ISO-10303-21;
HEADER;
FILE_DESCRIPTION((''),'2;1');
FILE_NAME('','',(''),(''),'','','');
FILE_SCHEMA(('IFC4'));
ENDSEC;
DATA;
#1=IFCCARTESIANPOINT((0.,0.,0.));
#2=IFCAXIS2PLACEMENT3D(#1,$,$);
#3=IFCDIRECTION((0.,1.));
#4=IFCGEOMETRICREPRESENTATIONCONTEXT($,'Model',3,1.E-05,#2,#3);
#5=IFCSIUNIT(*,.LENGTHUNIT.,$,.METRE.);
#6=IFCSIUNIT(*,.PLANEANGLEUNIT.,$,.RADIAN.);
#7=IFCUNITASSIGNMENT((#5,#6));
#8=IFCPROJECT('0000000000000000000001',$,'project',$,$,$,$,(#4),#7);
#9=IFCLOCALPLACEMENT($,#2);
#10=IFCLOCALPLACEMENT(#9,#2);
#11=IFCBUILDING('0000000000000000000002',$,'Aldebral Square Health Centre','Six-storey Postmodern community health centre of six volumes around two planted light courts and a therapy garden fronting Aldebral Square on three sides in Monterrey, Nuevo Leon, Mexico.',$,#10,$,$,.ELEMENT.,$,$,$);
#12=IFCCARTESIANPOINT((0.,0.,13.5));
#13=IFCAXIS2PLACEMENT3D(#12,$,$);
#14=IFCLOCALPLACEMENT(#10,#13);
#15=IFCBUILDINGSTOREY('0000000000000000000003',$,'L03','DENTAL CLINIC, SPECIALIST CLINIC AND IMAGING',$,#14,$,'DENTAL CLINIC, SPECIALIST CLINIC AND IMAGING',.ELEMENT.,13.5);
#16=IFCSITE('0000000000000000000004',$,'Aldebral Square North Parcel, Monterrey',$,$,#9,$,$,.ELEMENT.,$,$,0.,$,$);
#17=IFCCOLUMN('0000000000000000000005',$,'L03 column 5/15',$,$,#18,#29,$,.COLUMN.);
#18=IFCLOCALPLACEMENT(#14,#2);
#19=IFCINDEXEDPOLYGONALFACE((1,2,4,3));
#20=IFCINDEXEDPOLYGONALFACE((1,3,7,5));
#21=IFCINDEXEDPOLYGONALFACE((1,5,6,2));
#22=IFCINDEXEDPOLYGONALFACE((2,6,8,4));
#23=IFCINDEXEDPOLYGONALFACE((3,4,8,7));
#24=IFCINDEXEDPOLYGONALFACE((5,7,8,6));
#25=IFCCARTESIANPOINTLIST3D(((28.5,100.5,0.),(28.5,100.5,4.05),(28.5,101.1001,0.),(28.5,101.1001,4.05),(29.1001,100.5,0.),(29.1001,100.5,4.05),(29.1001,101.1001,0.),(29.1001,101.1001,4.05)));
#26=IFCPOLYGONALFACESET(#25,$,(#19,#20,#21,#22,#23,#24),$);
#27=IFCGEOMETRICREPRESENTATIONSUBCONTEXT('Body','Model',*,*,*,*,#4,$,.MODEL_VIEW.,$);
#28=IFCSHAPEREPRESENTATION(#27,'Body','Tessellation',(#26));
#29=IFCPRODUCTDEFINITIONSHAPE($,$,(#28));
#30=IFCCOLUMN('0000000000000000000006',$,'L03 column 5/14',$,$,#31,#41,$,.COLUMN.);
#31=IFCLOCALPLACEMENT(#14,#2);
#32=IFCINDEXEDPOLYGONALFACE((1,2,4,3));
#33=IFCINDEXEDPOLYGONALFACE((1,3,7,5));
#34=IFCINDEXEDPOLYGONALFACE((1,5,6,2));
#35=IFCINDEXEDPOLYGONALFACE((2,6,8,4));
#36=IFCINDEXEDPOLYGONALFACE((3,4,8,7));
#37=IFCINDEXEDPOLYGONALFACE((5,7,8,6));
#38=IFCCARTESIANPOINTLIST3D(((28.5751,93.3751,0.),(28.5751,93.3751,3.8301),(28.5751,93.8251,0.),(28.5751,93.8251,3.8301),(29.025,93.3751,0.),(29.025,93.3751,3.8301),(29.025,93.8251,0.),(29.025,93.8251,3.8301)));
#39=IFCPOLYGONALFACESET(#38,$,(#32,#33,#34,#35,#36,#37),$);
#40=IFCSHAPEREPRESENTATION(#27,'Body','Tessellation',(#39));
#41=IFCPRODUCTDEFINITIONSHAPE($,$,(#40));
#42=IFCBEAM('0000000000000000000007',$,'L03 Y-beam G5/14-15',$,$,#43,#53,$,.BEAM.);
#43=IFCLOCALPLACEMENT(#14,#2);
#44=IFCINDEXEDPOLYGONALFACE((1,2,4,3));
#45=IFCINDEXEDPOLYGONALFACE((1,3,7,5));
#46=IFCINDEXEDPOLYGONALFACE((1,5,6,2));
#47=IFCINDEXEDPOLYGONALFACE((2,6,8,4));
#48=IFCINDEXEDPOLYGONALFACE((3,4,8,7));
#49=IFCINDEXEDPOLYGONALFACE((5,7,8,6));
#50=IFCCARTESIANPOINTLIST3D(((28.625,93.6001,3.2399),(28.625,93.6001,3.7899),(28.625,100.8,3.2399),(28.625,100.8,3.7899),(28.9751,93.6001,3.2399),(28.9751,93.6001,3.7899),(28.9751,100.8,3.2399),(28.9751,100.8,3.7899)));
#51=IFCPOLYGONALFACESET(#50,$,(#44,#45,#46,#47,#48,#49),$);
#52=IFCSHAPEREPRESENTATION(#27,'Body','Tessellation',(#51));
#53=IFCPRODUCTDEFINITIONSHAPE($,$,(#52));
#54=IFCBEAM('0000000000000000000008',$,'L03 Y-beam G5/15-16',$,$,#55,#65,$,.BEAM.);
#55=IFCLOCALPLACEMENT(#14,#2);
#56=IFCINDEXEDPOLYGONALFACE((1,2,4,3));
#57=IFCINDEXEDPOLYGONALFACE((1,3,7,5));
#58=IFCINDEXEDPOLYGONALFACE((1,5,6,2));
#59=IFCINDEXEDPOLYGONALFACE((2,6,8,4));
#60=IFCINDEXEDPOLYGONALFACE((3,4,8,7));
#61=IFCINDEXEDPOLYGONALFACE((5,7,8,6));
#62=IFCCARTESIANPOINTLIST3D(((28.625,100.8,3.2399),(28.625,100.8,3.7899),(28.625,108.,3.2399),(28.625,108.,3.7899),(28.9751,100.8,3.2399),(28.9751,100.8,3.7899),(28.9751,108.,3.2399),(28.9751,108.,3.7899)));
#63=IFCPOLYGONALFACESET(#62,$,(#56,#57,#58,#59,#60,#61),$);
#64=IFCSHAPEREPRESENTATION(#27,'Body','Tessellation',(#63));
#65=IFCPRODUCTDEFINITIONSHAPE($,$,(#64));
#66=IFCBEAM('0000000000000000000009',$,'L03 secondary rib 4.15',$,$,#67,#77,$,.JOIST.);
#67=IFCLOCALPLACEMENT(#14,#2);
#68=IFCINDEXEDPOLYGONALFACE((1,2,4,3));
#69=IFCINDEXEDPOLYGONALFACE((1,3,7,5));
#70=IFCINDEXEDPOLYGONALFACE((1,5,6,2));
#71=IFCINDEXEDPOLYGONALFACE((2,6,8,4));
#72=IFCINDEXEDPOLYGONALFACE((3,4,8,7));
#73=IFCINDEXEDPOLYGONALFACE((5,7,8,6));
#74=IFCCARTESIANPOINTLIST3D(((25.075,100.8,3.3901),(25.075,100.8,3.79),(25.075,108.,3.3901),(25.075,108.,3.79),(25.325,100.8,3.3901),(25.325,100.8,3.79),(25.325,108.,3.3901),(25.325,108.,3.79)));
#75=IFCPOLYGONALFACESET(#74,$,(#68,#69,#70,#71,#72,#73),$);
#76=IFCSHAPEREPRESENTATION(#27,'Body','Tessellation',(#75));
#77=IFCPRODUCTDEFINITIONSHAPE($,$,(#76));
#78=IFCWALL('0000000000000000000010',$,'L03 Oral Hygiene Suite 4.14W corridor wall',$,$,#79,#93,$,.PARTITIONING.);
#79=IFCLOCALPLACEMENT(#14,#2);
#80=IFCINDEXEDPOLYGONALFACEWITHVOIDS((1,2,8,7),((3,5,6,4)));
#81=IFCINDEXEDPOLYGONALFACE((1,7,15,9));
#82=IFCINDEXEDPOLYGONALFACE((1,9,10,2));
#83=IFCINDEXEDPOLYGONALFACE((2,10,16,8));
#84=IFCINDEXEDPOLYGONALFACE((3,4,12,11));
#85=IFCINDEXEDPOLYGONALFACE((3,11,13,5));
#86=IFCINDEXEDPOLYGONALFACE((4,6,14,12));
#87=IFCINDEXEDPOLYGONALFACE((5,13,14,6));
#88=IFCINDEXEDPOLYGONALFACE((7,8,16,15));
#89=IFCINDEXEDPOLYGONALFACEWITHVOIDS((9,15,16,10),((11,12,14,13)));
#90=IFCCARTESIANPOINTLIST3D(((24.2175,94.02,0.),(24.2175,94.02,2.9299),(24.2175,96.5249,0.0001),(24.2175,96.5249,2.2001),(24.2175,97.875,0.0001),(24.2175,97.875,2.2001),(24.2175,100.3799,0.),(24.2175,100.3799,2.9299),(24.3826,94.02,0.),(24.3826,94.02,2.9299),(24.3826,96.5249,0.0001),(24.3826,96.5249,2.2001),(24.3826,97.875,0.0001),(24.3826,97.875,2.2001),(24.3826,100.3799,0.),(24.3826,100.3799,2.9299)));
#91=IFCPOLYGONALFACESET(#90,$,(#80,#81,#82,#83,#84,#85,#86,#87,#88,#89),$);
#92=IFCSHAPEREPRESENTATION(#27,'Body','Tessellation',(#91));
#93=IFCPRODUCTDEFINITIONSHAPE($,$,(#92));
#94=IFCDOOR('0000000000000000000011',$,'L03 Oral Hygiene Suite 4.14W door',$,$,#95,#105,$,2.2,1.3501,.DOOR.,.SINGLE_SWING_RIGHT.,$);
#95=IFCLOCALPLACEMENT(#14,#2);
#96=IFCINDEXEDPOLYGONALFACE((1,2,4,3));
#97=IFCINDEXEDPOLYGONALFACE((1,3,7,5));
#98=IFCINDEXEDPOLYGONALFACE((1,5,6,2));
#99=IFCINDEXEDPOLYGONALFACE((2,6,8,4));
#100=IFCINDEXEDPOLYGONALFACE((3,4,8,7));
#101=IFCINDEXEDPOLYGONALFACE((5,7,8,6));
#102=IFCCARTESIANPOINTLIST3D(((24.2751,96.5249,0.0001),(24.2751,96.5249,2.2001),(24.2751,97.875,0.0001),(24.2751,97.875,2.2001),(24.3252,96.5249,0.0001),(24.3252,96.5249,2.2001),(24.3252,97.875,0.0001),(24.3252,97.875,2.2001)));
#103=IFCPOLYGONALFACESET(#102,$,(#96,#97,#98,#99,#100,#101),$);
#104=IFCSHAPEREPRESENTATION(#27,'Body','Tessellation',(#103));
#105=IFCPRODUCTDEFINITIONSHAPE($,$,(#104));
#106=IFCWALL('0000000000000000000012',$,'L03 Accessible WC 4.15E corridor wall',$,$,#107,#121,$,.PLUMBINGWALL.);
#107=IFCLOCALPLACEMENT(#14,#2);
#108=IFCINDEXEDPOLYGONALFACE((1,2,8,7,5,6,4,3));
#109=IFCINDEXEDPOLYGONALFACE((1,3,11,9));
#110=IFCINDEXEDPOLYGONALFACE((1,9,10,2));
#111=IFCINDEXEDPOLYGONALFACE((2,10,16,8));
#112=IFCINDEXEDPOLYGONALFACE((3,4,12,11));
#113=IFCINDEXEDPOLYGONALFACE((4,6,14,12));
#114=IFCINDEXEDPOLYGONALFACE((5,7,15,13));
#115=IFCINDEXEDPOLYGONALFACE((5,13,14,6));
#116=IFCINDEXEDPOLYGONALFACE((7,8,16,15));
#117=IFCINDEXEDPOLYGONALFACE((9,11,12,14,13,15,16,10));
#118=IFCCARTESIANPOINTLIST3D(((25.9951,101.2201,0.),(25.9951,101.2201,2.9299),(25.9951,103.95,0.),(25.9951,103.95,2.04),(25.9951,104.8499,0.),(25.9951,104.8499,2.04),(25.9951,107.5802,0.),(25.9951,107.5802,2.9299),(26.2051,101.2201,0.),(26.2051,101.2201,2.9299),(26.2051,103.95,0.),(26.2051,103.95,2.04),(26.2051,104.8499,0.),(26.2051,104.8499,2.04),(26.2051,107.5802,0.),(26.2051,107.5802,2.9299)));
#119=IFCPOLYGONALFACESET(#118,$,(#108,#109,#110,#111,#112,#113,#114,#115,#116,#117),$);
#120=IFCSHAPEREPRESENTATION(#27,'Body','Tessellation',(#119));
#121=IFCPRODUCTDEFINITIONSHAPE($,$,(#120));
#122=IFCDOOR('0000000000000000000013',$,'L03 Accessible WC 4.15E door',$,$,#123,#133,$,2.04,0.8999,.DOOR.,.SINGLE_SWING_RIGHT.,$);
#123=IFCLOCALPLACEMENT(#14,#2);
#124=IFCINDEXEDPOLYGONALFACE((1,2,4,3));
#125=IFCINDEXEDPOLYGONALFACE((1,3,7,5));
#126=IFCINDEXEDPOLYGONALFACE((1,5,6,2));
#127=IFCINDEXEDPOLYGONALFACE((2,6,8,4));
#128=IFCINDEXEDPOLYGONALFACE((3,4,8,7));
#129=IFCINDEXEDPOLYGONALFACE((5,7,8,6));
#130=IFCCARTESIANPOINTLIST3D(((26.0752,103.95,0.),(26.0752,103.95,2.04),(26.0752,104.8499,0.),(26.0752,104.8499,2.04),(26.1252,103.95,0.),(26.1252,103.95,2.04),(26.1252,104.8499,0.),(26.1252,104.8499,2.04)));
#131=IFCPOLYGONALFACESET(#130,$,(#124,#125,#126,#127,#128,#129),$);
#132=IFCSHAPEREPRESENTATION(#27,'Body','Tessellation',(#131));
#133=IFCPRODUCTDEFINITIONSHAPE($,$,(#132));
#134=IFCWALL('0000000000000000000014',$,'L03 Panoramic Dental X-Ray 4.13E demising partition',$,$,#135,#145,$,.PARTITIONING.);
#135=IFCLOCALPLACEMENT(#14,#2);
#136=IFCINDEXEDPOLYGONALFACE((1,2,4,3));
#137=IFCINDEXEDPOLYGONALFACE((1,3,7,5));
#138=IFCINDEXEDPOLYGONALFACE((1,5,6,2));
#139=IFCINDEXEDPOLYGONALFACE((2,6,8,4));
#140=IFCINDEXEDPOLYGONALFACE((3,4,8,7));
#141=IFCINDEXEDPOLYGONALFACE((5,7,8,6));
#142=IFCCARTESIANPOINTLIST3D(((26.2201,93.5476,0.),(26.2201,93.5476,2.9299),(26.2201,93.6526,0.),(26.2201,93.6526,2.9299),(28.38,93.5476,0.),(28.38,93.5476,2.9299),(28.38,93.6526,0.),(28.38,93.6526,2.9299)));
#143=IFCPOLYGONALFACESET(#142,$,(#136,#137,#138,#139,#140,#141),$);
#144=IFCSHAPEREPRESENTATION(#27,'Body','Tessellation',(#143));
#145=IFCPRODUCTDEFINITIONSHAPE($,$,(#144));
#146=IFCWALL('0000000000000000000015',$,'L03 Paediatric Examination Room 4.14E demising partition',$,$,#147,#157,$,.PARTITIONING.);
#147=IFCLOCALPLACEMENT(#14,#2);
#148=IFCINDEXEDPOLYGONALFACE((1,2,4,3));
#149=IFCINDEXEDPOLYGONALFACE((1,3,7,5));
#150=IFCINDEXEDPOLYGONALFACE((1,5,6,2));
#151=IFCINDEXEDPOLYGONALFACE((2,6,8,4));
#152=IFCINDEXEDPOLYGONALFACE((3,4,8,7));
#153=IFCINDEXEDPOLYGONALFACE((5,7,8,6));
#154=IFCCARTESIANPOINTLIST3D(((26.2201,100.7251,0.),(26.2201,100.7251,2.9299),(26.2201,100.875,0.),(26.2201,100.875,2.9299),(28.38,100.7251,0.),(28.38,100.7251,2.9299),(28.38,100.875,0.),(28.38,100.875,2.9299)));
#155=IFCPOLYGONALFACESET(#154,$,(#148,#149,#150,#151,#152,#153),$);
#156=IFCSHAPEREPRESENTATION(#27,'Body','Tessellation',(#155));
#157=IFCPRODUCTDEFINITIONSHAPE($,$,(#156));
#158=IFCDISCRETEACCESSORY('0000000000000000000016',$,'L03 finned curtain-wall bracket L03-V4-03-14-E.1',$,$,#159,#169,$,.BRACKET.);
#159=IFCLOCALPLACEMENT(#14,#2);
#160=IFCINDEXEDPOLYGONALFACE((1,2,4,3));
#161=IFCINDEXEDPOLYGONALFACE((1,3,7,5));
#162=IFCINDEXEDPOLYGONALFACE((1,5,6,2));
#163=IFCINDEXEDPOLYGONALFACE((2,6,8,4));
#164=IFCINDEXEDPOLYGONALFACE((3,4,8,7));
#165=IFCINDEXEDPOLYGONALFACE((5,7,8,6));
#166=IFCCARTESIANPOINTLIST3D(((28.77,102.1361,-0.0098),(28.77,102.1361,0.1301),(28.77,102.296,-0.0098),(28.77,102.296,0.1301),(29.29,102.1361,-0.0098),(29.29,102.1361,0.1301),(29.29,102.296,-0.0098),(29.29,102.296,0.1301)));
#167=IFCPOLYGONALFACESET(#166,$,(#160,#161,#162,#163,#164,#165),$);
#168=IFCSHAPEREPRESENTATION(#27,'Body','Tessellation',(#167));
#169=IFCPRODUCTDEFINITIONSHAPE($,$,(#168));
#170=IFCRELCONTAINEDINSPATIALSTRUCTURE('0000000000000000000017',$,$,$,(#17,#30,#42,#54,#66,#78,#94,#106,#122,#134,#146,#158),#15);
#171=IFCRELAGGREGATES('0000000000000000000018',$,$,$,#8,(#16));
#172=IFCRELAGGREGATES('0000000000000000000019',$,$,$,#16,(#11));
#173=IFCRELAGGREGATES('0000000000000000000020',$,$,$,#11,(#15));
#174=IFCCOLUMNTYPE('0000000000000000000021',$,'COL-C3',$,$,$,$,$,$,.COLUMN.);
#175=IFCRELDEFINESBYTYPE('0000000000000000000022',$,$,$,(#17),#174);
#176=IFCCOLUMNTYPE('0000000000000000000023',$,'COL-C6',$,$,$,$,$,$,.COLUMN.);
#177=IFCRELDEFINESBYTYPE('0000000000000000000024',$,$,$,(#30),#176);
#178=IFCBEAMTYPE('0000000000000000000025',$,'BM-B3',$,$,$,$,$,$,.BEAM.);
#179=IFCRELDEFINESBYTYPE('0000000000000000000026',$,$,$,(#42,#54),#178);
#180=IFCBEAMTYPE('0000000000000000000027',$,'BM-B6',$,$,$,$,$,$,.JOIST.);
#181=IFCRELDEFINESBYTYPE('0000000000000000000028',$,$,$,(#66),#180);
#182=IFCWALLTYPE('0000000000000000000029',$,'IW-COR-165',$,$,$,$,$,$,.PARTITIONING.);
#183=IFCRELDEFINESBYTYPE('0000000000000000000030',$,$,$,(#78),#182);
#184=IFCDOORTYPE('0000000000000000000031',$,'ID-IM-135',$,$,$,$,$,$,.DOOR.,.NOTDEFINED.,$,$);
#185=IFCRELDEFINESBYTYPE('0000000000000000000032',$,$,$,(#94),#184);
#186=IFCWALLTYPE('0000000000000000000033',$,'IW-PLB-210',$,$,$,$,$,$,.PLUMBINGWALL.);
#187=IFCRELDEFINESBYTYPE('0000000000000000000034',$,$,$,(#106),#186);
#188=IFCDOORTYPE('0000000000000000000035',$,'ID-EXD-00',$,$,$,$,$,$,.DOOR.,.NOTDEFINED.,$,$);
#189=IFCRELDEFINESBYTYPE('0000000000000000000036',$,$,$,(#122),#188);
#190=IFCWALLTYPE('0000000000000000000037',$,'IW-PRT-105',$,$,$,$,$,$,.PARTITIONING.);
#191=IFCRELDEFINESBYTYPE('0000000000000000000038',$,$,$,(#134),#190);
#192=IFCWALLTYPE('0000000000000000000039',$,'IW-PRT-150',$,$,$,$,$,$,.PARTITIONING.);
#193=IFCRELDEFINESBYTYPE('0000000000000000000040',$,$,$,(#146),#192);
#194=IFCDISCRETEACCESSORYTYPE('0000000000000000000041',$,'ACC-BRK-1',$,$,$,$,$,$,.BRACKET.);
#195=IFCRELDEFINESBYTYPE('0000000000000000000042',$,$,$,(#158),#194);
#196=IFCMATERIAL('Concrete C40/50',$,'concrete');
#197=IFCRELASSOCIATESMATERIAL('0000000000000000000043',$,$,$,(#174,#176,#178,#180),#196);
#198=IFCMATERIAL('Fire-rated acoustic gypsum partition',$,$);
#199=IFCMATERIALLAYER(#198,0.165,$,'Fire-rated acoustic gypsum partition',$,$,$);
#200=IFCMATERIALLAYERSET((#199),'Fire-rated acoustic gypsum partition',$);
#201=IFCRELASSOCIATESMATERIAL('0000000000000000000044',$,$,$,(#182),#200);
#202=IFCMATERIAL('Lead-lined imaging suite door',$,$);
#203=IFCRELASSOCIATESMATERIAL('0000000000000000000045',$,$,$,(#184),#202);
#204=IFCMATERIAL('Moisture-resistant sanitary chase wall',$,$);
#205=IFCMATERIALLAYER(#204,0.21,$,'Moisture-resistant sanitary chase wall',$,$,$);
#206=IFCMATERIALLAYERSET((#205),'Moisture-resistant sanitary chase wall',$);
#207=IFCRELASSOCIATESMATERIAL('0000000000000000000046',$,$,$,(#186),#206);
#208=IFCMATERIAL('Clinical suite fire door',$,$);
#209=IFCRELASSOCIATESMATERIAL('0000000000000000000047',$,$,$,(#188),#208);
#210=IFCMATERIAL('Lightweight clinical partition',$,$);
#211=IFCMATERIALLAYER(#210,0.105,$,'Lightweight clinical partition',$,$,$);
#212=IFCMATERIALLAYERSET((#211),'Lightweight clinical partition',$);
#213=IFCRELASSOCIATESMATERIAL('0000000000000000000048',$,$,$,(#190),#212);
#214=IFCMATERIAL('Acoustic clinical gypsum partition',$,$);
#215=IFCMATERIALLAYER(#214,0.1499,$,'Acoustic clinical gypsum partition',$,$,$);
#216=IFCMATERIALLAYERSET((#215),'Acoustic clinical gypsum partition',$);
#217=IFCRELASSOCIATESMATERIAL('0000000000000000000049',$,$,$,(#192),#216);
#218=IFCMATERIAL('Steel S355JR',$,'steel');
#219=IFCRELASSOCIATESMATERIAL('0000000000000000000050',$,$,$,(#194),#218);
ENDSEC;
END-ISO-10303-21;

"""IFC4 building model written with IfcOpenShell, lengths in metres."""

from ifc_helpers import new_model, si_unit, direction, frame, frame_2d, origin, origin_2d, place, context, subcontext, project, spatial, rectangle, extrude, material, layer, layer_set, material_profile, profile_set, type_object, element, fill, save


model = new_model("IFC4")

# Units and contexts
model_context = context("Model", 3, precision=1e-05, world=origin(), true_north=direction((0.0, 1.0)))
body_context = subcontext(model_context, "Body", "Model", "MODEL_VIEW")
ifc_project = project(units=[si_unit("LENGTHUNIT", "METRE"), si_unit("PLANEANGLEUNIT", "RADIAN")], contexts=[model_context])

# Site, building, storey
site_placement = place(None, origin())
site = spatial("IfcSite", under=ifc_project, at=site_placement, Name="Aldebral Square North Parcel, Monterrey", CompositionType="ELEMENT", RefElevation=0.0)
building_placement = place(site_placement, origin())
building = spatial("IfcBuilding", under=site, at=building_placement, Name="Aldebral Square Health Centre", Description="Six-storey Postmodern community health centre of six volumes around two planted light courts and a therapy garden fronting Aldebral Square on three sides in Monterrey, Nuevo Leon, Mexico.", CompositionType="ELEMENT")
storey_placement = place(building_placement, frame((0.0, 0.0, 13.5)))
storey = spatial("IfcBuildingStorey", under=building, at=storey_placement, Name="L03", Description="DENTAL CLINIC, SPECIALIST CLINIC AND IMAGING", LongName="DENTAL CLINIC, SPECIALIST CLINIC AND IMAGING", CompositionType="ELEMENT", Elevation=13.5)

# Columns
ifc_material_1 = material(Name="Concrete C40/50", Category="concrete")
ifc_material_profile_1 = material_profile(ifc_material_1, rectangle(XDim=0.6001, YDim=0.6001, at=origin_2d()), Name="RC 600x600")
ifc_profile_set_1 = profile_set([ifc_material_profile_1], Name="Concrete C40/50")
column_type_1 = type_object("IfcColumnType", Name="COL-C3", PredefinedType="COLUMN", material=ifc_profile_set_1)
column_1_placement = place(storey_placement, frame((28.8, 100.8, 0.0), z_axis=(0.0, 0.0, 1.0), x_axis=(1.0, 0.0, 0.0)))
element("IfcColumn", 1, at=column_1_placement, inside=storey, type_object=column_type_1, Name="L03 column 5/15", PredefinedType="COLUMN", context=body_context, shape_type="SweptSolid", body=[
    extrude(rectangle(XDim=0.6001, YDim=0.6001, at=origin_2d()), origin(), (0.0, 0.0, 1.0), 4.05),
])
ifc_material_profile_2 = material_profile(ifc_material_1, rectangle(XDim=0.45, YDim=0.45, at=origin_2d()), Name="RC 450x450")
ifc_profile_set_2 = profile_set([ifc_material_profile_2], Name="Concrete C40/50")
column_type_2 = type_object("IfcColumnType", Name="COL-C6", PredefinedType="COLUMN", material=ifc_profile_set_2)
column_2_placement = place(storey_placement, frame((28.8, 93.6001, 0.0), z_axis=(0.0, 0.0, 1.0), x_axis=(1.0, 0.0, 0.0)))
element("IfcColumn", 2, at=column_2_placement, inside=storey, type_object=column_type_2, Name="L03 column 5/14", PredefinedType="COLUMN", context=body_context, shape_type="SweptSolid", body=[
    extrude(rectangle(XDim=0.45, YDim=0.45, at=origin_2d()), origin(), (0.0, 0.0, 1.0), 3.8301),
])

# Beams
ifc_material_profile_3 = material_profile(ifc_material_1, rectangle(XDim=0.3501, YDim=0.55, at=origin_2d()), Name="RC 350x550")
ifc_profile_set_3 = profile_set([ifc_material_profile_3], Name="Concrete C40/50")
beam_type_1 = type_object("IfcBeamType", Name="BM-B3", PredefinedType="BEAM", material=ifc_profile_set_3)
for number, where, z_axis, x_axis, name in (
    (3, (28.8, 93.6001, 3.5149), (0.0, 1.0, 0.0), (-1.0, 0.0, 0.0), "L03 Y-beam G5/14-15"),
    (4, (28.8, 100.8, 3.5149), (0.0, 1.0, 0.0), (-1.0, 0.0, 0.0), "L03 Y-beam G5/15-16"),
):
    element("IfcBeam", number, at=place(storey_placement, frame(where, z_axis=z_axis, x_axis=x_axis)), inside=storey, type_object=beam_type_1, Name=name, PredefinedType="BEAM", context=body_context, shape_type="SweptSolid", body=[
        extrude(rectangle(XDim=0.3501, YDim=0.55, at=origin_2d()), origin(), (0.0, 0.0, 1.0), 7.2),
    ])
ifc_material_profile_4 = material_profile(ifc_material_1, rectangle(XDim=0.25, YDim=0.3999, at=origin_2d()), Name="RC 250x400")
ifc_profile_set_4 = profile_set([ifc_material_profile_4], Name="Concrete C40/50")
beam_type_2 = type_object("IfcBeamType", Name="BM-B6", PredefinedType="JOIST", material=ifc_profile_set_4)
beam_placement = place(storey_placement, frame((25.2, 100.8, 3.5901), z_axis=(0.0, 1.0, 0.0), x_axis=(-1.0, 0.0, 0.0)))
element("IfcBeam", 5, at=beam_placement, inside=storey, type_object=beam_type_2, Name="L03 secondary rib 4.15", PredefinedType="JOIST", context=body_context, shape_type="SweptSolid", body=[
    extrude(rectangle(XDim=0.25, YDim=0.3999, at=origin_2d()), origin(), (0.0, 0.0, 1.0), 7.2),
])

# Walls, openings, doors
ifc_material_2 = material(Name="Fire-rated acoustic gypsum partition")
ifc_layer_1 = layer(ifc_material_2, 0.165, Name="Fire-rated acoustic gypsum partition")
ifc_layer_set_1 = layer_set([ifc_layer_1], Name="Fire-rated acoustic gypsum partition")
wall_type_1 = type_object("IfcWallType", Name="IW-COR-165", PredefinedType="PARTITIONING", material=ifc_layer_set_1)
wall_1_placement = place(storey_placement, frame((24.3, 94.02, 0.0), z_axis=(0.0, 0.0, 1.0), x_axis=(0.0, 1.0, 0.0)))
wall_1 = element("IfcWall", 6, at=wall_1_placement, inside=storey, type_object=wall_type_1, Name="L03 Oral Hygiene Suite 4.14W corridor wall", PredefinedType="PARTITIONING", context=body_context, shape_type="SweptSolid", body=[
    extrude(rectangle(XDim=6.3599, YDim=0.165, at=frame_2d((3.1799, 0.0))), origin(), (0.0, 0.0, 1.0), 2.9299),
])
opening_1_placement = place(wall_1_placement, frame((2.5049, 0.0, 0.0)))
opening_1 = element("IfcOpeningElement", 7, at=opening_1_placement, cuts=wall_1, PredefinedType="OPENING", context=body_context, shape_type="SweptSolid", body=[
    extrude(rectangle(XDim=1.3501, YDim=2.2, at=frame_2d((0.675, 1.1001))), frame((0.0, 0.0925, 0.0), z_axis=(0.0, -1.0, 0.0), x_axis=(1.0, 0.0, 0.0)), (0.0, 0.0, 1.0), 0.1851),
])
ifc_material_3 = material(Name="Lead-lined imaging suite door")
door_type_1 = type_object("IfcDoorType", Name="ID-IM-135", OperationType="NOTDEFINED", PredefinedType="DOOR", material=ifc_material_3)
door_1_placement = place(opening_1_placement, origin())
door_1 = element("IfcDoor", 8, at=door_1_placement, inside=storey, type_object=door_type_1, Name="L03 Oral Hygiene Suite 4.14W door", OperationType="SINGLE_SWING_RIGHT", OverallHeight=2.2, OverallWidth=1.3501, PredefinedType="DOOR", context=body_context, shape_type="SweptSolid", body=[
    extrude(rectangle(XDim=1.3501, YDim=2.2, at=frame_2d((0.675, 1.1001))), frame((0.0, 0.0249, 0.0), z_axis=(0.0, -1.0, 0.0), x_axis=(1.0, 0.0, 0.0)), (0.0, 0.0, 1.0), 0.05),
])
fill(opening_1, door_1)
ifc_material_4 = material(Name="Moisture-resistant sanitary chase wall")
ifc_layer_2 = layer(ifc_material_4, 0.21, Name="Moisture-resistant sanitary chase wall")
ifc_layer_set_2 = layer_set([ifc_layer_2], Name="Moisture-resistant sanitary chase wall")
wall_type_2 = type_object("IfcWallType", Name="IW-PLB-210", PredefinedType="PLUMBINGWALL", material=ifc_layer_set_2)
wall_2_placement = place(storey_placement, frame((26.1001, 101.22, 0.0), z_axis=(0.0, 0.0, 1.0), x_axis=(0.0, 1.0, 0.0)))
wall_2 = element("IfcWall", 9, at=wall_2_placement, inside=storey, type_object=wall_type_2, Name="L03 Accessible WC 4.15E corridor wall", PredefinedType="PLUMBINGWALL", context=body_context, shape_type="SweptSolid", body=[
    extrude(rectangle(XDim=6.3601, YDim=0.21, at=frame_2d((3.1802, 0.0))), origin(), (0.0, 0.0, 1.0), 2.9299),
])
opening_2_placement = place(wall_2_placement, frame((2.73, 0.0, 0.0)))
opening_2 = element("IfcOpeningElement", 10, at=opening_2_placement, cuts=wall_2, PredefinedType="OPENING", context=body_context, shape_type="SweptSolid", body=[
    extrude(rectangle(XDim=0.8999, YDim=2.04, at=frame_2d((0.45, 1.02))), frame((0.0, 0.115, 0.0), z_axis=(0.0, -1.0, 0.0), x_axis=(1.0, 0.0, 0.0)), (0.0, 0.0, 1.0), 0.23),
])
ifc_material_5 = material(Name="Clinical suite fire door")
door_type_2 = type_object("IfcDoorType", Name="ID-EXD-00", OperationType="NOTDEFINED", PredefinedType="DOOR", material=ifc_material_5)
door_2_placement = place(opening_2_placement, origin())
door_2 = element("IfcDoor", 11, at=door_2_placement, inside=storey, type_object=door_type_2, Name="L03 Accessible WC 4.15E door", OperationType="SINGLE_SWING_RIGHT", OverallHeight=2.04, OverallWidth=0.8999, PredefinedType="DOOR", context=body_context, shape_type="SweptSolid", body=[
    extrude(rectangle(XDim=0.8999, YDim=2.04, at=frame_2d((0.45, 1.02))), frame((0.0, 0.0249, 0.0), z_axis=(0.0, -1.0, 0.0), x_axis=(1.0, 0.0, 0.0)), (0.0, 0.0, 1.0), 0.05),
])
fill(opening_2, door_2)

# Walls
ifc_material_6 = material(Name="Lightweight clinical partition")
ifc_layer_3 = layer(ifc_material_6, 0.105, Name="Lightweight clinical partition")
ifc_layer_set_3 = layer_set([ifc_layer_3], Name="Lightweight clinical partition")
wall_type_3 = type_object("IfcWallType", Name="IW-PRT-105", PredefinedType="PARTITIONING", material=ifc_layer_set_3)
wall_3_placement = place(storey_placement, frame((26.22, 93.6001, 0.0), z_axis=(0.0, 0.0, 1.0), x_axis=(1.0, 0.0, 0.0)))
element("IfcWall", 12, at=wall_3_placement, inside=storey, type_object=wall_type_3, Name="L03 Panoramic Dental X-Ray 4.13E demising partition", PredefinedType="PARTITIONING", context=body_context, shape_type="SweptSolid", body=[
    extrude(rectangle(XDim=2.1599, YDim=0.105, at=frame_2d((1.0801, 0.0))), origin(), (0.0, 0.0, 1.0), 2.9299),
])
ifc_material_7 = material(Name="Acoustic clinical gypsum partition")
ifc_layer_4 = layer(ifc_material_7, 0.1499, Name="Acoustic clinical gypsum partition")
ifc_layer_set_4 = layer_set([ifc_layer_4], Name="Acoustic clinical gypsum partition")
wall_type_4 = type_object("IfcWallType", Name="IW-PRT-150", PredefinedType="PARTITIONING", material=ifc_layer_set_4)
wall_4_placement = place(storey_placement, frame((26.22, 100.8, 0.0), z_axis=(0.0, 0.0, 1.0), x_axis=(1.0, 0.0, 0.0)))
element("IfcWall", 13, at=wall_4_placement, inside=storey, type_object=wall_type_4, Name="L03 Paediatric Examination Room 4.14E demising partition", PredefinedType="PARTITIONING", context=body_context, shape_type="SweptSolid", body=[
    extrude(rectangle(XDim=2.1599, YDim=0.1499, at=frame_2d((1.0801, 0.0))), origin(), (0.0, 0.0, 1.0), 2.9299),
])

# Discrete accessory
ifc_material_8 = material(Name="Steel S355JR", Category="steel")
discrete_accessory_type = type_object("IfcDiscreteAccessoryType", Name="ACC-BRK-1", PredefinedType="BRACKET", material=ifc_material_8)
for number, where, z_axis, x_axis, name in (
    (14, (29.03, 102.2161, -0.0098), (0.0, 0.0, 1.0), (0.0, 1.0, 0.0), "L03 finned curtain-wall bracket L03-V4-03-14-E.1"),
):
    element("IfcDiscreteAccessory", number, at=place(storey_placement, frame(where, z_axis=z_axis, x_axis=x_axis)), inside=storey, type_object=discrete_accessory_type, Name=name, PredefinedType="BRACKET", context=body_context, shape_type="SweptSolid", body=[
        extrude(rectangle(XDim=0.1599, YDim=0.52, at=origin_2d()), origin(), (0.0, 0.0, 1.0), 0.1399),
    ])

save(model, "model.ifc")
